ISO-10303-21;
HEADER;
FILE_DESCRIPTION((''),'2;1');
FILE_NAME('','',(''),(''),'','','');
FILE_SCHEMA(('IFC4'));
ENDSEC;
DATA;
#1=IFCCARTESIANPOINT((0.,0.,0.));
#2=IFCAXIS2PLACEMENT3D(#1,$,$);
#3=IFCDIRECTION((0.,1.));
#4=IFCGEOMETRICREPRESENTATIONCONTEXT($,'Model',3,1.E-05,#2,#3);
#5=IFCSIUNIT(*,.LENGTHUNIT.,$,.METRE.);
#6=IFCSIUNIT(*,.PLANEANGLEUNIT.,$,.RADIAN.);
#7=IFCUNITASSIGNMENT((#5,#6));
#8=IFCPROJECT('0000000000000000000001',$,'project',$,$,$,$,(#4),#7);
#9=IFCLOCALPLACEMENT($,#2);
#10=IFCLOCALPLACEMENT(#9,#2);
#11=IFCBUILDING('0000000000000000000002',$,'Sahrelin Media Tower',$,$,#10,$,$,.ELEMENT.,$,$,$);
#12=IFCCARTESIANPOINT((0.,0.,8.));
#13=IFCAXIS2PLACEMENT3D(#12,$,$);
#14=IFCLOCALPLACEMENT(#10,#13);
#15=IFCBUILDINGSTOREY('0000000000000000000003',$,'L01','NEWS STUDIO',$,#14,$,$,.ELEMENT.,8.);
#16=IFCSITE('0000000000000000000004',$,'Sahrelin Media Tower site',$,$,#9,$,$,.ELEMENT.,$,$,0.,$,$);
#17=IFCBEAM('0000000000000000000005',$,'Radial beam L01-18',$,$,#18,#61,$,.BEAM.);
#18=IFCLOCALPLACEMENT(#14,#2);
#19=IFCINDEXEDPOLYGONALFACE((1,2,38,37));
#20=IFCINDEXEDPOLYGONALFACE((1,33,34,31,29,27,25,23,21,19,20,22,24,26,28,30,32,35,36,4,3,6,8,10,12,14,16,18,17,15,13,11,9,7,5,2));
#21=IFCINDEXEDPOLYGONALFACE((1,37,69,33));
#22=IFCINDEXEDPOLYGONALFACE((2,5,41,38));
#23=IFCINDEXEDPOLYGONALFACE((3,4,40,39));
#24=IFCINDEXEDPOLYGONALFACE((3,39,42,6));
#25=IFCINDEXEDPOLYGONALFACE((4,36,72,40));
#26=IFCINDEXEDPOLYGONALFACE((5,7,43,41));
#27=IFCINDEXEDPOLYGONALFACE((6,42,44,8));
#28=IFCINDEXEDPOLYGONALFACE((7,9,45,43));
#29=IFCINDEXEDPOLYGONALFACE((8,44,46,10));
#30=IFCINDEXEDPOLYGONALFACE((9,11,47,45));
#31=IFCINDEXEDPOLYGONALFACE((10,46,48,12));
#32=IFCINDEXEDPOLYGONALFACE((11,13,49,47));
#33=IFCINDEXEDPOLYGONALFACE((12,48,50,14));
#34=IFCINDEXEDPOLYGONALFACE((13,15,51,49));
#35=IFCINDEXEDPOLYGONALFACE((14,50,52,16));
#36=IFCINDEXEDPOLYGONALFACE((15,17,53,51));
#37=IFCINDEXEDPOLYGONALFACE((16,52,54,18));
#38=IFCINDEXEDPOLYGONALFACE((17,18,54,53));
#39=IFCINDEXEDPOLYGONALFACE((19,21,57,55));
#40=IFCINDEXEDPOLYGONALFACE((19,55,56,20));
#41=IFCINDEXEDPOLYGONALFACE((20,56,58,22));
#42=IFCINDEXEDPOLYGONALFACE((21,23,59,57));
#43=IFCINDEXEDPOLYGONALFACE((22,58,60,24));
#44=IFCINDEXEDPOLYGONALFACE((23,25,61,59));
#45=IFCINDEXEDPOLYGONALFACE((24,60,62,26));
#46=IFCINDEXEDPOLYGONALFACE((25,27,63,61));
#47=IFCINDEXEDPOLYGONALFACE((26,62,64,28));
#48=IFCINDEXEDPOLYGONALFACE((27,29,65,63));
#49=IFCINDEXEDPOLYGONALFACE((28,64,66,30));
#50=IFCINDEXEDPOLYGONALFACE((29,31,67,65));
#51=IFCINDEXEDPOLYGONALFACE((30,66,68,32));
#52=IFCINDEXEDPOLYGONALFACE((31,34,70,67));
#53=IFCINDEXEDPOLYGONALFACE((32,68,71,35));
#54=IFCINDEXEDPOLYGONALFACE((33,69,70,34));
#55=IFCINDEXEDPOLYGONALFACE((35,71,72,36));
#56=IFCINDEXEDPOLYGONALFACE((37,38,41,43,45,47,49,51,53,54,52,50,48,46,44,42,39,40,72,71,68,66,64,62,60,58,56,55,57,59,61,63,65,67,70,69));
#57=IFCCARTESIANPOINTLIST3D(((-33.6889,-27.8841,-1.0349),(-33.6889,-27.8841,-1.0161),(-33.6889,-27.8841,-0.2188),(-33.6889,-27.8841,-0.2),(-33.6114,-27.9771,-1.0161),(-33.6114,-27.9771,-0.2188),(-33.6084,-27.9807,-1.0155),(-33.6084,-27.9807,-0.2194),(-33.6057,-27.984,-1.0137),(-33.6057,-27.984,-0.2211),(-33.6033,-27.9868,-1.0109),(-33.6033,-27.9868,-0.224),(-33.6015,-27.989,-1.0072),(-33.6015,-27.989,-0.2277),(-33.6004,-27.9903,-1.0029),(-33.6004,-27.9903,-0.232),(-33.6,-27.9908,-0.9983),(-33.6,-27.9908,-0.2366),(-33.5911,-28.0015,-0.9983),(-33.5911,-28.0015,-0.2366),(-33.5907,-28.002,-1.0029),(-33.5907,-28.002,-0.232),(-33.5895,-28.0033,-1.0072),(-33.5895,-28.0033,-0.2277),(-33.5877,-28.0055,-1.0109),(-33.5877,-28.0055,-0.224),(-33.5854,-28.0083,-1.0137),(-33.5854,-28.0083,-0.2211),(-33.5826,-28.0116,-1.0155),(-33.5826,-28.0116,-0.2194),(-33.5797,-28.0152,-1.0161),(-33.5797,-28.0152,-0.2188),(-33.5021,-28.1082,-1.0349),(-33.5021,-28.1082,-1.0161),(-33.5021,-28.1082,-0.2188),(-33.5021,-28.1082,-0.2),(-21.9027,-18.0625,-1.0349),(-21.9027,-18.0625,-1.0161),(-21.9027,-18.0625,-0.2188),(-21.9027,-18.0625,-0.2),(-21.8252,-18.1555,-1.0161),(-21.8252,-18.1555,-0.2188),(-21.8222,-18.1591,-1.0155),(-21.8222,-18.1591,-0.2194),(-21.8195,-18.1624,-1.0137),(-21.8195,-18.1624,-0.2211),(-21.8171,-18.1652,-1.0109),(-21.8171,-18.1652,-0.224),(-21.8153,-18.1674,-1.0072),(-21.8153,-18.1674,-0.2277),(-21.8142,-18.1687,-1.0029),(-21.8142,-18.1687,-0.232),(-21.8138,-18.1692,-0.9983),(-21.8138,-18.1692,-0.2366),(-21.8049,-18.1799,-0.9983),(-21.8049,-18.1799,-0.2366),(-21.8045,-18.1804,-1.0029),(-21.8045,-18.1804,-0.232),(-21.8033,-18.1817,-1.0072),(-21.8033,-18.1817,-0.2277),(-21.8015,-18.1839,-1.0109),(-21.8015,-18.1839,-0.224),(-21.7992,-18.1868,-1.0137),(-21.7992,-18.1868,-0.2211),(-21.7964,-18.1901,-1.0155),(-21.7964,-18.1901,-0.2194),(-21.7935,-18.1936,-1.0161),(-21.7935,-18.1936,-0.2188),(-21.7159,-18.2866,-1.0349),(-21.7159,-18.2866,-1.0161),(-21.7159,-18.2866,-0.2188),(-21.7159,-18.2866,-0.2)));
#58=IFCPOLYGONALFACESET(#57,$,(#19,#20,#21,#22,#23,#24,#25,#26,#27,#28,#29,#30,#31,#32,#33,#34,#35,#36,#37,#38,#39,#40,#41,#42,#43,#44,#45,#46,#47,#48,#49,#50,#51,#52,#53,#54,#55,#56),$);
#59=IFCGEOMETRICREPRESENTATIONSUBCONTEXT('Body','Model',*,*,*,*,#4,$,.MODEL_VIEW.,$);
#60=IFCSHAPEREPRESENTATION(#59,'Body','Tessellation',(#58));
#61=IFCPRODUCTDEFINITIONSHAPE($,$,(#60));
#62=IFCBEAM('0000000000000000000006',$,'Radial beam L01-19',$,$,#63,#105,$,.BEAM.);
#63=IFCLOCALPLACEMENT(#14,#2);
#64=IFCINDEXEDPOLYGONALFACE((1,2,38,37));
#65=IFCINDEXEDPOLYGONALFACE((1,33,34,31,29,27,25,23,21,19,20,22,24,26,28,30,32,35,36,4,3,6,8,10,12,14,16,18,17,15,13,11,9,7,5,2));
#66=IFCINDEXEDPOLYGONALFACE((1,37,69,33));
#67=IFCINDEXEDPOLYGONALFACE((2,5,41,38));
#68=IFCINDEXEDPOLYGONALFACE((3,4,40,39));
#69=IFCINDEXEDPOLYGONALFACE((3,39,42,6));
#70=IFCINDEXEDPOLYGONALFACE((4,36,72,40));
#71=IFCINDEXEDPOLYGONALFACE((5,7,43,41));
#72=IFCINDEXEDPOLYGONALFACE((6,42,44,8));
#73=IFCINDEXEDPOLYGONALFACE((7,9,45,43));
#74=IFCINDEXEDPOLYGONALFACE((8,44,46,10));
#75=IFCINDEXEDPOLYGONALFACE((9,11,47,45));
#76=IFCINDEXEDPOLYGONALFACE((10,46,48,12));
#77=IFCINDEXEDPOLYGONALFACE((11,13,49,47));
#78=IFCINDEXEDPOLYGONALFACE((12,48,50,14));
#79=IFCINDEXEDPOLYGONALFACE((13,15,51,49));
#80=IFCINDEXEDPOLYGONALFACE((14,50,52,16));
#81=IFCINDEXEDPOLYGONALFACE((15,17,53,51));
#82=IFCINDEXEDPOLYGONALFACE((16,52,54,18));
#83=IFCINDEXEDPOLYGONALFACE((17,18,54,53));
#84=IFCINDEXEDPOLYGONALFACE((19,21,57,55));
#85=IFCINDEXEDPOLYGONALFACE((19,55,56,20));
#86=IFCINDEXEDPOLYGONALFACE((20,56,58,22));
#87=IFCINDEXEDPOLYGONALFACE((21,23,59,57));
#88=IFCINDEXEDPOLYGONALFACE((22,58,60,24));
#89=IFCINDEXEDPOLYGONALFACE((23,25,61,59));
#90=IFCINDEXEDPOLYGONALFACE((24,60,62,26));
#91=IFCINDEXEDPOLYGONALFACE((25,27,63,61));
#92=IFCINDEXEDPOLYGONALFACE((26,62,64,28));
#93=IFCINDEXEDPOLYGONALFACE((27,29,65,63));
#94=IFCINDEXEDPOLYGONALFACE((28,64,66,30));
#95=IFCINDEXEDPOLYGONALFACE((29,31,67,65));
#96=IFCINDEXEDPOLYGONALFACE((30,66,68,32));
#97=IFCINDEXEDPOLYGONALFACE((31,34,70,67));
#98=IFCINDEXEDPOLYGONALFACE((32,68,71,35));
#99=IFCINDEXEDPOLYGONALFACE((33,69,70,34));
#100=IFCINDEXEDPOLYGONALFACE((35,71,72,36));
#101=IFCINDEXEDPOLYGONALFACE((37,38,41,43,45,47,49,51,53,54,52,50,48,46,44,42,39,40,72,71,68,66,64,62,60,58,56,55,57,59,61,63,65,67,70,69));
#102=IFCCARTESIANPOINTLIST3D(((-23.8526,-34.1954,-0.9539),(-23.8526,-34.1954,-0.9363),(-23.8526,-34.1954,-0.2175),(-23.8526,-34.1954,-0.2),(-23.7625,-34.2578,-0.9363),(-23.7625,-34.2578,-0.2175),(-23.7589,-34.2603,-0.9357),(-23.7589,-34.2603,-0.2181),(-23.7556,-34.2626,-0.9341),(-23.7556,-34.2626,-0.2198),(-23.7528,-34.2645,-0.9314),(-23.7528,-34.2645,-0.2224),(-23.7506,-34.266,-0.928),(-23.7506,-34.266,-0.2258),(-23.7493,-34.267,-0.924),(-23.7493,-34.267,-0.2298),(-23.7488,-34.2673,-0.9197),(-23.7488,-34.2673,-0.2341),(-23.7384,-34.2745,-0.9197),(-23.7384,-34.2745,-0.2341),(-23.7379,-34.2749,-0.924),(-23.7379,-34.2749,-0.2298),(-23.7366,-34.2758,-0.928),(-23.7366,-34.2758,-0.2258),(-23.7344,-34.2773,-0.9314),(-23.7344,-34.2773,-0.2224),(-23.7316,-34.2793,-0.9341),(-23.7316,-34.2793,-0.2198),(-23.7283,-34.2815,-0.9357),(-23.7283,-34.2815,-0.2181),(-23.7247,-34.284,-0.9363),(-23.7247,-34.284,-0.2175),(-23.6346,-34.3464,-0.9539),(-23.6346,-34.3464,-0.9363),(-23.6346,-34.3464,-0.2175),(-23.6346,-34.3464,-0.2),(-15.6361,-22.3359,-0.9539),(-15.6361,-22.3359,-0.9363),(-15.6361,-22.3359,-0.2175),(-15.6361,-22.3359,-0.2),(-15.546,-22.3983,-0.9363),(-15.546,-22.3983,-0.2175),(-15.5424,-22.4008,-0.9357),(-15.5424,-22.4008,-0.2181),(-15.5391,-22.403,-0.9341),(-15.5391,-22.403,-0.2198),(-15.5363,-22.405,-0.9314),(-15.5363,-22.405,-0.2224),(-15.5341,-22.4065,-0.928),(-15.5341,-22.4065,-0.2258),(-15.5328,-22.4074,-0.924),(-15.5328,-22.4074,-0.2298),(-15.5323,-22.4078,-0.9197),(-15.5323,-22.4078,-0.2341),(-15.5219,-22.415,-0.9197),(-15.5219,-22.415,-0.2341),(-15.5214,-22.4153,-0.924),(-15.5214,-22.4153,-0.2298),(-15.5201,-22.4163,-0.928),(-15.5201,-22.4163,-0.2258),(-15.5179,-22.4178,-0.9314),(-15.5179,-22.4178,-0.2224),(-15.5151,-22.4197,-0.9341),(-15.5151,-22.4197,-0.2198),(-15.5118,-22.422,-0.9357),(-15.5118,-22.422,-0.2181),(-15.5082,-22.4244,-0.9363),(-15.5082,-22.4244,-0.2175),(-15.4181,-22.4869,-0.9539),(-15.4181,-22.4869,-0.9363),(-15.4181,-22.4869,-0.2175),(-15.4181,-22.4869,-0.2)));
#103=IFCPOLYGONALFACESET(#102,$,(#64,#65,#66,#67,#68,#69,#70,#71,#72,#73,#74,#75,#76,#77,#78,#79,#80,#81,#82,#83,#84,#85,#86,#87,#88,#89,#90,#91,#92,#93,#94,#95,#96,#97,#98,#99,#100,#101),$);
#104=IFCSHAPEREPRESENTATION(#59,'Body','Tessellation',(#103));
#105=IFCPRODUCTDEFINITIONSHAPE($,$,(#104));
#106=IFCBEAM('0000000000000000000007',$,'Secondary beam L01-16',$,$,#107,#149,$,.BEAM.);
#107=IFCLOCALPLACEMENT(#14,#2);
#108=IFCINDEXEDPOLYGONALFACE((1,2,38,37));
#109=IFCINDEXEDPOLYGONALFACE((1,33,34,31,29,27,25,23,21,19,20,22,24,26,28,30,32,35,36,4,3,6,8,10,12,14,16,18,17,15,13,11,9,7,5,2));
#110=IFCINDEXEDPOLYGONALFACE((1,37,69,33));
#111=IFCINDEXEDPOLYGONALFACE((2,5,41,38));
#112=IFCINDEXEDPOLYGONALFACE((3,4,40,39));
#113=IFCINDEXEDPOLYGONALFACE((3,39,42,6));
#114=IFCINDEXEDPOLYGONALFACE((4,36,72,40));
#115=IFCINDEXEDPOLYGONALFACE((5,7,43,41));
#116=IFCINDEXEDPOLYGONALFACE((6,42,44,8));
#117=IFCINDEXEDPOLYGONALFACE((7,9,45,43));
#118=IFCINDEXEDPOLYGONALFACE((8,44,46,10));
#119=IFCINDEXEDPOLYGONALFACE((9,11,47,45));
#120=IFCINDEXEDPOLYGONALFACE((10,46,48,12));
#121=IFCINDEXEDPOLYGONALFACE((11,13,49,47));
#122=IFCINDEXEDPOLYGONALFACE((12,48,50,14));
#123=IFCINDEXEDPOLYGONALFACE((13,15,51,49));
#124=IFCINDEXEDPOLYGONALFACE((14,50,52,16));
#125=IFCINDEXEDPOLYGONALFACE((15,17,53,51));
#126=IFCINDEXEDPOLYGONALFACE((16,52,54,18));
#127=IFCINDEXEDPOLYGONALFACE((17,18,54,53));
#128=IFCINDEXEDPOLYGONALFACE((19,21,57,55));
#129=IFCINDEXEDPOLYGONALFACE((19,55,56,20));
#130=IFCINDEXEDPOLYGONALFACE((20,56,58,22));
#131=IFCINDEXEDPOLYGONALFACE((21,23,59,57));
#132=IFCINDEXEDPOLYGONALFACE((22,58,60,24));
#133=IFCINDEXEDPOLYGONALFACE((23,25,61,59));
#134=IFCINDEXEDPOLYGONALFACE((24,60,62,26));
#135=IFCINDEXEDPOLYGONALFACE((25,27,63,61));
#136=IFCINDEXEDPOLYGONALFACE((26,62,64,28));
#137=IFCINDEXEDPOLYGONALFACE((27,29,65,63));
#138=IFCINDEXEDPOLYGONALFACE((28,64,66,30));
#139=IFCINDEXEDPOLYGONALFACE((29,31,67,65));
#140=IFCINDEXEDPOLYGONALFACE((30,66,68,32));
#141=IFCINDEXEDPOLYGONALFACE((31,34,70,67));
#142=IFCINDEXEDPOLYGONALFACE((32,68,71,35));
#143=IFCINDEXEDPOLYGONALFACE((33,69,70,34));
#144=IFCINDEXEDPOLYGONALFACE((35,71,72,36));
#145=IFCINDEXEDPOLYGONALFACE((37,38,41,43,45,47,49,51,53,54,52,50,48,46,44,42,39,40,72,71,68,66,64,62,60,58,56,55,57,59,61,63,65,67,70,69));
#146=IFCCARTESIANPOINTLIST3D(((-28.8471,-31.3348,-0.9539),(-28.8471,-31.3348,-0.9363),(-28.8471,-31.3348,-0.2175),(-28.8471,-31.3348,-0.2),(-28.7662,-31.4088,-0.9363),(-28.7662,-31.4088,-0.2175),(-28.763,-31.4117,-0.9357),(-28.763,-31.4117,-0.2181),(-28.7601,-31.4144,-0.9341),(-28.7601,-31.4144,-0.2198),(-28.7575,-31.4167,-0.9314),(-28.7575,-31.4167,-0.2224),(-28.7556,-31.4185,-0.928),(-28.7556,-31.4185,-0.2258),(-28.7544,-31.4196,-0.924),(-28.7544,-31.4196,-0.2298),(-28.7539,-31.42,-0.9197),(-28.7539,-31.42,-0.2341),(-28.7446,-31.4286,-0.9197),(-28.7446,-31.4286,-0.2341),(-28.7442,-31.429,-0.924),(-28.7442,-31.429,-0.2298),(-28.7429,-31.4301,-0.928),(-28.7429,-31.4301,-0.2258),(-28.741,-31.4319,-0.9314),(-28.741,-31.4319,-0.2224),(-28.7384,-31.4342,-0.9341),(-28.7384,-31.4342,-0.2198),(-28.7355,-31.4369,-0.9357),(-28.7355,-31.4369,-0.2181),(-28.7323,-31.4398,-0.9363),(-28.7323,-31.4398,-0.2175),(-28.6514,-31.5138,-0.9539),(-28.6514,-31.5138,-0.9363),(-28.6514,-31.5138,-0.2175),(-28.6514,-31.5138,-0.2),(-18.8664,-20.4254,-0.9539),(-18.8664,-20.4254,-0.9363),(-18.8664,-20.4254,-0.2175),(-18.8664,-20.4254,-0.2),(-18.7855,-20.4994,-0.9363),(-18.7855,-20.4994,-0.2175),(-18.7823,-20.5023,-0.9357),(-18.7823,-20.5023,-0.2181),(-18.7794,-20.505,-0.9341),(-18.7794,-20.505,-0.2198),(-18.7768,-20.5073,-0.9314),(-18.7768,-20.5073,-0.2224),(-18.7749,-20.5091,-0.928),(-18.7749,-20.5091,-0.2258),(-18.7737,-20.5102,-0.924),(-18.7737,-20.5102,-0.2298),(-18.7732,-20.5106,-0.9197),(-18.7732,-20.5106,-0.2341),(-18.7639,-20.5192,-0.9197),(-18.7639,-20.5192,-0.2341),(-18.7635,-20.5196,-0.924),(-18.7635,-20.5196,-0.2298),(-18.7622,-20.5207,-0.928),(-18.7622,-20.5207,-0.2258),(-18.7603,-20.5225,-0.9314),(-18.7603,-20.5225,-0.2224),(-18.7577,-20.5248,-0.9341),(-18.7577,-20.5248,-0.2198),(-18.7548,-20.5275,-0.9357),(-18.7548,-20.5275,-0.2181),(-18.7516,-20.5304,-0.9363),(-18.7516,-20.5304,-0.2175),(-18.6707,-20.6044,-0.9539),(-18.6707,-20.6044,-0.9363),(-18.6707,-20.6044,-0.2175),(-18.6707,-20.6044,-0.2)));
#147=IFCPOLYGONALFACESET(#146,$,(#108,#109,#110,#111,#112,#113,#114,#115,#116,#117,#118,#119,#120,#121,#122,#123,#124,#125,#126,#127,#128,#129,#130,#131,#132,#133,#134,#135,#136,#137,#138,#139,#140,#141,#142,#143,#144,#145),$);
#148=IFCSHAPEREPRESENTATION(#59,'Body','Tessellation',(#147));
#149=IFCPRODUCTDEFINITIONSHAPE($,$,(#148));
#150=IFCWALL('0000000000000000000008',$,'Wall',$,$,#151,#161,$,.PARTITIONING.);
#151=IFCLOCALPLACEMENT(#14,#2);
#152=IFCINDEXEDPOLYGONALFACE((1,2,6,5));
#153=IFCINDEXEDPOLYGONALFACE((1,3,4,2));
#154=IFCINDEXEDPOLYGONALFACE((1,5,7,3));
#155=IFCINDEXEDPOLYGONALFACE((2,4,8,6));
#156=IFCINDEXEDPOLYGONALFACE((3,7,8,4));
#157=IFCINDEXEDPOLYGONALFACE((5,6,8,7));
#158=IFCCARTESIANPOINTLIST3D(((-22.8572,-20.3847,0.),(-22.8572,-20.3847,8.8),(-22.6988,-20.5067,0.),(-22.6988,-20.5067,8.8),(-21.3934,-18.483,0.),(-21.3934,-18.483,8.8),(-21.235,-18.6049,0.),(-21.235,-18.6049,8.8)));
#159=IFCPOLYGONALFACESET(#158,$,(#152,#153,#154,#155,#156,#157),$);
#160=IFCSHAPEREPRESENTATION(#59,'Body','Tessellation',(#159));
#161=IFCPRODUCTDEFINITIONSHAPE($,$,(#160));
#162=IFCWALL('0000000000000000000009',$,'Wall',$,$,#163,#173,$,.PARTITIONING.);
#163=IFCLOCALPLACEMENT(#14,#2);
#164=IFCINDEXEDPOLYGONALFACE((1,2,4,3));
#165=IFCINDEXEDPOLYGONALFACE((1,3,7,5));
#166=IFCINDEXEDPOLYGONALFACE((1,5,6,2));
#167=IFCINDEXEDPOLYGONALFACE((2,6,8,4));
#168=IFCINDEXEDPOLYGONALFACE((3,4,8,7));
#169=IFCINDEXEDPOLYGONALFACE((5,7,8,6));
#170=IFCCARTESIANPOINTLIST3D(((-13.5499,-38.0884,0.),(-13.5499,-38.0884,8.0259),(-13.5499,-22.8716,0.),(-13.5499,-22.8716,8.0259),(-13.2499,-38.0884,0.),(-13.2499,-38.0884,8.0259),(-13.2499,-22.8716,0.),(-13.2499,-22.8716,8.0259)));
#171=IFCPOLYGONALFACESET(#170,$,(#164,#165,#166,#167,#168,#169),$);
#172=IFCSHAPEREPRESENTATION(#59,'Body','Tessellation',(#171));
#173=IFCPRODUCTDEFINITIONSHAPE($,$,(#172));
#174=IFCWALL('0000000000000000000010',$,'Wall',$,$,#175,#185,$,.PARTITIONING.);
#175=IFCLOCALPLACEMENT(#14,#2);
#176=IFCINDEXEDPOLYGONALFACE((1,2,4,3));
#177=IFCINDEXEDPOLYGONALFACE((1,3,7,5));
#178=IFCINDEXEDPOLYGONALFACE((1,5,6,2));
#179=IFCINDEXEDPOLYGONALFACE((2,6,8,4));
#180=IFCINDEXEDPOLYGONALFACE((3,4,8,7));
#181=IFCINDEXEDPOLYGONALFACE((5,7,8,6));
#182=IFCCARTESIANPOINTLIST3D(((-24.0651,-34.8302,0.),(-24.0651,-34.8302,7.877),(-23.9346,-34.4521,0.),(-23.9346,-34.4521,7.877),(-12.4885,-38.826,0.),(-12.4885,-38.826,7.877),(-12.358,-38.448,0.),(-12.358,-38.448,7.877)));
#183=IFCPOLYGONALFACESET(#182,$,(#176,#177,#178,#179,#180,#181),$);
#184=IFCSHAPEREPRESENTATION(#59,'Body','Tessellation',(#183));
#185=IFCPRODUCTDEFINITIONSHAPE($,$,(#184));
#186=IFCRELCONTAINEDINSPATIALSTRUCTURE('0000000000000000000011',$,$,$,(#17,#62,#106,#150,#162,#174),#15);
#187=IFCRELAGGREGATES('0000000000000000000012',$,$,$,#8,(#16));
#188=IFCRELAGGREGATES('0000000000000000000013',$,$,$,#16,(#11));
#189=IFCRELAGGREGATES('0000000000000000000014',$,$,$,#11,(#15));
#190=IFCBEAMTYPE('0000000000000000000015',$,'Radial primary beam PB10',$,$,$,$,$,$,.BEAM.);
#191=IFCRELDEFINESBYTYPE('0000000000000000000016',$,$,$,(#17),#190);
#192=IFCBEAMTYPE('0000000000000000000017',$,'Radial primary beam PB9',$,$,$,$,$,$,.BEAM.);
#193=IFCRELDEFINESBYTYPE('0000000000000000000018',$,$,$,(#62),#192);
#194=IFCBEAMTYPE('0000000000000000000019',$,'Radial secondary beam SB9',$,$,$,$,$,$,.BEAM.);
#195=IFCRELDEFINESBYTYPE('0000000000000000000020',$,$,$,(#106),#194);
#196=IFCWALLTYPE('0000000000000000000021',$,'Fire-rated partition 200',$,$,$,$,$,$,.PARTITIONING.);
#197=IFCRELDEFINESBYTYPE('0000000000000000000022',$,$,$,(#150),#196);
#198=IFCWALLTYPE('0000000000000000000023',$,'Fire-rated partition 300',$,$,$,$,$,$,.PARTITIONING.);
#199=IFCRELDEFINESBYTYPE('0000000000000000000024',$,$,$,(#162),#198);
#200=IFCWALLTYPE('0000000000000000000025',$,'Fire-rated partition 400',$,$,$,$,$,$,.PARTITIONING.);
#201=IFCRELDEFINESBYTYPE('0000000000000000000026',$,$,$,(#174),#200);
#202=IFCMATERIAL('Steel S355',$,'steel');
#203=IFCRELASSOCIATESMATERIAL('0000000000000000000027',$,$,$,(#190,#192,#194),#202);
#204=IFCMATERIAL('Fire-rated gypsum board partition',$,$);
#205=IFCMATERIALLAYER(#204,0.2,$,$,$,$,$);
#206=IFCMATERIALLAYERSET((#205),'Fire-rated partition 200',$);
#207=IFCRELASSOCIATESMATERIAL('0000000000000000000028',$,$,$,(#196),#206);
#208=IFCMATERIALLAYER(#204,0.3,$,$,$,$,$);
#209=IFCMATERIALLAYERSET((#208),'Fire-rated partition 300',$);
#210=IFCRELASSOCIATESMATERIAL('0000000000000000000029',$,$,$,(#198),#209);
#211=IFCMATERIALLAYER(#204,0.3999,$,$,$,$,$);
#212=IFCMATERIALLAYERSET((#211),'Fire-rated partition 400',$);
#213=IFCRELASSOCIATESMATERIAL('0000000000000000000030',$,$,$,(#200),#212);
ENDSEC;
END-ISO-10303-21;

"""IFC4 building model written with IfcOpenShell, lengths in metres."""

from ifc_helpers import new_model, si_unit, direction, frame, frame_2d, origin, origin_2d, place, context, subcontext, project, spatial, rectangle, i_section, extrude, material, layer, layer_set, material_profile, profile_set, type_object, element, save


model = new_model("IFC4")

# Units and contexts
model_context = context("Model", 3, precision=1e-05, world=origin(), true_north=direction((0.0, 1.0)))
body_context = subcontext(model_context, "Body", "Model", "MODEL_VIEW")
ifc_project = project(units=[si_unit("LENGTHUNIT", "METRE"), si_unit("PLANEANGLEUNIT", "RADIAN")], contexts=[model_context])

# Site, building, storey
site_placement = place(None, origin())
site = spatial("IfcSite", under=ifc_project, at=site_placement, Name="Sahrelin Media Tower site", CompositionType="ELEMENT", RefElevation=0.0)
building_placement = place(site_placement, origin())
building = spatial("IfcBuilding", under=site, at=building_placement, Name="Sahrelin Media Tower", CompositionType="ELEMENT")
storey_placement = place(building_placement, frame((0.0, 0.0, 8.0)))
storey = spatial("IfcBuildingStorey", under=building, at=storey_placement, Name="L01", Description="NEWS STUDIO", CompositionType="ELEMENT", Elevation=8.0)

# Beams
ifc_material_1 = material(Name="Steel S355", Category="steel")
ifc_material_profile_1 = material_profile(ifc_material_1, i_section(OverallWidth=0.2917, OverallDepth=0.835, WebThickness=0.0139, FlangeThickness=0.0188, FilletRadius=0.0178, at=origin_2d()), Name="UB 838x292x176")
ifc_profile_set_1 = profile_set([ifc_material_profile_1], Name="Steel S355")
beam_type_1 = type_object("IfcBeamType", Name="Radial primary beam PB10", PredefinedType="BEAM", material=ifc_profile_set_1)
beam_1_placement = place(storey_placement, frame((-21.8093, -18.1746, -0.6174), z_axis=(-0.768229, -0.640175, 0.0), x_axis=(0.640175, -0.768229, 0.0)))
element("IfcBeam", 1, at=beam_1_placement, inside=storey, type_object=beam_type_1, Name="Radial beam L01-18", PredefinedType="BEAM", context=body_context, shape_type="SweptSolid", body=[
    extrude(i_section(OverallWidth=0.2917, OverallDepth=0.835, WebThickness=0.0139, FlangeThickness=0.0188, FilletRadius=0.0178, at=origin_2d()), origin(), (0.0, 0.0, 1.0), 15.342),
])
ifc_material_profile_2 = material_profile(ifc_material_1, i_section(OverallWidth=0.2651, OverallDepth=0.7539, WebThickness=0.0127, FlangeThickness=0.0176, FilletRadius=0.0166, at=origin_2d()), Name="UB 762x267x147")
ifc_profile_set_2 = profile_set([ifc_material_profile_2], Name="Steel S355")
beam_type_2 = type_object("IfcBeamType", Name="Radial primary beam PB9", PredefinedType="BEAM", material=ifc_profile_set_2)
beam_2_placement = place(storey_placement, frame((-15.5271, -22.4114, -0.5769), z_axis=(-0.569493, -0.821996, 0.0), x_axis=(0.821996, -0.569493, 0.0)))
element("IfcBeam", 2, at=beam_2_placement, inside=storey, type_object=beam_type_2, Name="Radial beam L01-19", PredefinedType="BEAM", context=body_context, shape_type="SweptSolid", body=[
    extrude(i_section(OverallWidth=0.2651, OverallDepth=0.7539, WebThickness=0.0127, FlangeThickness=0.0176, FilletRadius=0.0166, at=origin_2d()), origin(), (0.0, 0.0, 1.0), 14.4277),
])
ifc_material_profile_3 = material_profile(ifc_material_1, i_section(OverallWidth=0.2651, OverallDepth=0.7539, WebThickness=0.0127, FlangeThickness=0.0176, FilletRadius=0.0166, at=origin_2d()), Name="UB 762x267x147")
ifc_profile_set_3 = profile_set([ifc_material_profile_3], Name="Steel S355")
beam_type_3 = type_object("IfcBeamType", Name="Radial secondary beam SB9", PredefinedType="BEAM", material=ifc_profile_set_3)
beam_3_placement = place(storey_placement, frame((-18.7686, -20.5149, -0.5769), z_axis=(-0.675004, -0.737814, 0.0), x_axis=(0.737814, -0.675004, 0.0)))
element("IfcBeam", 3, at=beam_3_placement, inside=storey, type_object=beam_type_3, Name="Secondary beam L01-16", PredefinedType="BEAM", context=body_context, shape_type="SweptSolid", body=[
    extrude(i_section(OverallWidth=0.2651, OverallDepth=0.7539, WebThickness=0.0127, FlangeThickness=0.0176, FilletRadius=0.0166, at=origin_2d()), origin(), (0.0, 0.0, 1.0), 14.7861),
])

# Wall
ifc_material_2 = material(Name="Fire-rated gypsum board partition")
ifc_layer_1 = layer(ifc_material_2, 0.2)
ifc_layer_set_1 = layer_set([ifc_layer_1], Name="Fire-rated partition 200")
wall_type_1 = type_object("IfcWallType", Name="Fire-rated partition 200", PredefinedType="PARTITIONING", material=ifc_layer_set_1)
wall_1_placement = place(storey_placement, frame((-21.3142, -18.5439, 0.0), z_axis=(0.0, 0.0, 1.0), x_axis=(-0.609947, -0.792442, 0.0)))
element("IfcWall", 4, at=wall_1_placement, inside=storey, type_object=wall_type_1, Name="Wall", PredefinedType="PARTITIONING", context=body_context, shape_type="SweptSolid", body=[
    extrude(rectangle(XDim=2.3999, YDim=0.2, at=frame_2d((1.2, 0.0))), origin(), (0.0, 0.0, 1.0), 8.8),
])

# Walls
ifc_layer_2 = layer(ifc_material_2, 0.3)
ifc_layer_set_2 = layer_set([ifc_layer_2], Name="Fire-rated partition 300")
wall_type_2 = type_object("IfcWallType", Name="Fire-rated partition 300", PredefinedType="PARTITIONING", material=ifc_layer_set_2)
wall_2_placement = place(storey_placement, frame((-13.3999, -22.8716, 0.0), z_axis=(0.0, 0.0, 1.0), x_axis=(0.0, -1.0, 0.0)))
element("IfcWall", 5, at=wall_2_placement, inside=storey, type_object=wall_type_2, Name="Wall", PredefinedType="PARTITIONING", context=body_context, shape_type="SweptSolid", body=[
    extrude(rectangle(XDim=15.2168, YDim=0.3, at=frame_2d((7.6084, 0.0))), origin(), (0.0, 0.0, 1.0), 8.0259),
])
ifc_layer_3 = layer(ifc_material_2, 0.3999)
ifc_layer_set_3 = layer_set([ifc_layer_3], Name="Fire-rated partition 400")
wall_type_3 = type_object("IfcWallType", Name="Fire-rated partition 400", PredefinedType="PARTITIONING", material=ifc_layer_set_3)
wall_3_placement = place(storey_placement, frame((-24.0, -34.6411, 0.0), z_axis=(0.0, 0.0, 1.0), x_axis=(0.945275, -0.326275, 0.0)))
element("IfcWall", 6, at=wall_3_placement, inside=storey, type_object=wall_type_3, Name="Wall", PredefinedType="PARTITIONING", context=body_context, shape_type="SweptSolid", body=[
    extrude(rectangle(XDim=12.2468, YDim=0.3999, at=frame_2d((6.1235, 0.0))), origin(), (0.0, 0.0, 1.0), 7.877),
])

save(model, "model.ifc")
